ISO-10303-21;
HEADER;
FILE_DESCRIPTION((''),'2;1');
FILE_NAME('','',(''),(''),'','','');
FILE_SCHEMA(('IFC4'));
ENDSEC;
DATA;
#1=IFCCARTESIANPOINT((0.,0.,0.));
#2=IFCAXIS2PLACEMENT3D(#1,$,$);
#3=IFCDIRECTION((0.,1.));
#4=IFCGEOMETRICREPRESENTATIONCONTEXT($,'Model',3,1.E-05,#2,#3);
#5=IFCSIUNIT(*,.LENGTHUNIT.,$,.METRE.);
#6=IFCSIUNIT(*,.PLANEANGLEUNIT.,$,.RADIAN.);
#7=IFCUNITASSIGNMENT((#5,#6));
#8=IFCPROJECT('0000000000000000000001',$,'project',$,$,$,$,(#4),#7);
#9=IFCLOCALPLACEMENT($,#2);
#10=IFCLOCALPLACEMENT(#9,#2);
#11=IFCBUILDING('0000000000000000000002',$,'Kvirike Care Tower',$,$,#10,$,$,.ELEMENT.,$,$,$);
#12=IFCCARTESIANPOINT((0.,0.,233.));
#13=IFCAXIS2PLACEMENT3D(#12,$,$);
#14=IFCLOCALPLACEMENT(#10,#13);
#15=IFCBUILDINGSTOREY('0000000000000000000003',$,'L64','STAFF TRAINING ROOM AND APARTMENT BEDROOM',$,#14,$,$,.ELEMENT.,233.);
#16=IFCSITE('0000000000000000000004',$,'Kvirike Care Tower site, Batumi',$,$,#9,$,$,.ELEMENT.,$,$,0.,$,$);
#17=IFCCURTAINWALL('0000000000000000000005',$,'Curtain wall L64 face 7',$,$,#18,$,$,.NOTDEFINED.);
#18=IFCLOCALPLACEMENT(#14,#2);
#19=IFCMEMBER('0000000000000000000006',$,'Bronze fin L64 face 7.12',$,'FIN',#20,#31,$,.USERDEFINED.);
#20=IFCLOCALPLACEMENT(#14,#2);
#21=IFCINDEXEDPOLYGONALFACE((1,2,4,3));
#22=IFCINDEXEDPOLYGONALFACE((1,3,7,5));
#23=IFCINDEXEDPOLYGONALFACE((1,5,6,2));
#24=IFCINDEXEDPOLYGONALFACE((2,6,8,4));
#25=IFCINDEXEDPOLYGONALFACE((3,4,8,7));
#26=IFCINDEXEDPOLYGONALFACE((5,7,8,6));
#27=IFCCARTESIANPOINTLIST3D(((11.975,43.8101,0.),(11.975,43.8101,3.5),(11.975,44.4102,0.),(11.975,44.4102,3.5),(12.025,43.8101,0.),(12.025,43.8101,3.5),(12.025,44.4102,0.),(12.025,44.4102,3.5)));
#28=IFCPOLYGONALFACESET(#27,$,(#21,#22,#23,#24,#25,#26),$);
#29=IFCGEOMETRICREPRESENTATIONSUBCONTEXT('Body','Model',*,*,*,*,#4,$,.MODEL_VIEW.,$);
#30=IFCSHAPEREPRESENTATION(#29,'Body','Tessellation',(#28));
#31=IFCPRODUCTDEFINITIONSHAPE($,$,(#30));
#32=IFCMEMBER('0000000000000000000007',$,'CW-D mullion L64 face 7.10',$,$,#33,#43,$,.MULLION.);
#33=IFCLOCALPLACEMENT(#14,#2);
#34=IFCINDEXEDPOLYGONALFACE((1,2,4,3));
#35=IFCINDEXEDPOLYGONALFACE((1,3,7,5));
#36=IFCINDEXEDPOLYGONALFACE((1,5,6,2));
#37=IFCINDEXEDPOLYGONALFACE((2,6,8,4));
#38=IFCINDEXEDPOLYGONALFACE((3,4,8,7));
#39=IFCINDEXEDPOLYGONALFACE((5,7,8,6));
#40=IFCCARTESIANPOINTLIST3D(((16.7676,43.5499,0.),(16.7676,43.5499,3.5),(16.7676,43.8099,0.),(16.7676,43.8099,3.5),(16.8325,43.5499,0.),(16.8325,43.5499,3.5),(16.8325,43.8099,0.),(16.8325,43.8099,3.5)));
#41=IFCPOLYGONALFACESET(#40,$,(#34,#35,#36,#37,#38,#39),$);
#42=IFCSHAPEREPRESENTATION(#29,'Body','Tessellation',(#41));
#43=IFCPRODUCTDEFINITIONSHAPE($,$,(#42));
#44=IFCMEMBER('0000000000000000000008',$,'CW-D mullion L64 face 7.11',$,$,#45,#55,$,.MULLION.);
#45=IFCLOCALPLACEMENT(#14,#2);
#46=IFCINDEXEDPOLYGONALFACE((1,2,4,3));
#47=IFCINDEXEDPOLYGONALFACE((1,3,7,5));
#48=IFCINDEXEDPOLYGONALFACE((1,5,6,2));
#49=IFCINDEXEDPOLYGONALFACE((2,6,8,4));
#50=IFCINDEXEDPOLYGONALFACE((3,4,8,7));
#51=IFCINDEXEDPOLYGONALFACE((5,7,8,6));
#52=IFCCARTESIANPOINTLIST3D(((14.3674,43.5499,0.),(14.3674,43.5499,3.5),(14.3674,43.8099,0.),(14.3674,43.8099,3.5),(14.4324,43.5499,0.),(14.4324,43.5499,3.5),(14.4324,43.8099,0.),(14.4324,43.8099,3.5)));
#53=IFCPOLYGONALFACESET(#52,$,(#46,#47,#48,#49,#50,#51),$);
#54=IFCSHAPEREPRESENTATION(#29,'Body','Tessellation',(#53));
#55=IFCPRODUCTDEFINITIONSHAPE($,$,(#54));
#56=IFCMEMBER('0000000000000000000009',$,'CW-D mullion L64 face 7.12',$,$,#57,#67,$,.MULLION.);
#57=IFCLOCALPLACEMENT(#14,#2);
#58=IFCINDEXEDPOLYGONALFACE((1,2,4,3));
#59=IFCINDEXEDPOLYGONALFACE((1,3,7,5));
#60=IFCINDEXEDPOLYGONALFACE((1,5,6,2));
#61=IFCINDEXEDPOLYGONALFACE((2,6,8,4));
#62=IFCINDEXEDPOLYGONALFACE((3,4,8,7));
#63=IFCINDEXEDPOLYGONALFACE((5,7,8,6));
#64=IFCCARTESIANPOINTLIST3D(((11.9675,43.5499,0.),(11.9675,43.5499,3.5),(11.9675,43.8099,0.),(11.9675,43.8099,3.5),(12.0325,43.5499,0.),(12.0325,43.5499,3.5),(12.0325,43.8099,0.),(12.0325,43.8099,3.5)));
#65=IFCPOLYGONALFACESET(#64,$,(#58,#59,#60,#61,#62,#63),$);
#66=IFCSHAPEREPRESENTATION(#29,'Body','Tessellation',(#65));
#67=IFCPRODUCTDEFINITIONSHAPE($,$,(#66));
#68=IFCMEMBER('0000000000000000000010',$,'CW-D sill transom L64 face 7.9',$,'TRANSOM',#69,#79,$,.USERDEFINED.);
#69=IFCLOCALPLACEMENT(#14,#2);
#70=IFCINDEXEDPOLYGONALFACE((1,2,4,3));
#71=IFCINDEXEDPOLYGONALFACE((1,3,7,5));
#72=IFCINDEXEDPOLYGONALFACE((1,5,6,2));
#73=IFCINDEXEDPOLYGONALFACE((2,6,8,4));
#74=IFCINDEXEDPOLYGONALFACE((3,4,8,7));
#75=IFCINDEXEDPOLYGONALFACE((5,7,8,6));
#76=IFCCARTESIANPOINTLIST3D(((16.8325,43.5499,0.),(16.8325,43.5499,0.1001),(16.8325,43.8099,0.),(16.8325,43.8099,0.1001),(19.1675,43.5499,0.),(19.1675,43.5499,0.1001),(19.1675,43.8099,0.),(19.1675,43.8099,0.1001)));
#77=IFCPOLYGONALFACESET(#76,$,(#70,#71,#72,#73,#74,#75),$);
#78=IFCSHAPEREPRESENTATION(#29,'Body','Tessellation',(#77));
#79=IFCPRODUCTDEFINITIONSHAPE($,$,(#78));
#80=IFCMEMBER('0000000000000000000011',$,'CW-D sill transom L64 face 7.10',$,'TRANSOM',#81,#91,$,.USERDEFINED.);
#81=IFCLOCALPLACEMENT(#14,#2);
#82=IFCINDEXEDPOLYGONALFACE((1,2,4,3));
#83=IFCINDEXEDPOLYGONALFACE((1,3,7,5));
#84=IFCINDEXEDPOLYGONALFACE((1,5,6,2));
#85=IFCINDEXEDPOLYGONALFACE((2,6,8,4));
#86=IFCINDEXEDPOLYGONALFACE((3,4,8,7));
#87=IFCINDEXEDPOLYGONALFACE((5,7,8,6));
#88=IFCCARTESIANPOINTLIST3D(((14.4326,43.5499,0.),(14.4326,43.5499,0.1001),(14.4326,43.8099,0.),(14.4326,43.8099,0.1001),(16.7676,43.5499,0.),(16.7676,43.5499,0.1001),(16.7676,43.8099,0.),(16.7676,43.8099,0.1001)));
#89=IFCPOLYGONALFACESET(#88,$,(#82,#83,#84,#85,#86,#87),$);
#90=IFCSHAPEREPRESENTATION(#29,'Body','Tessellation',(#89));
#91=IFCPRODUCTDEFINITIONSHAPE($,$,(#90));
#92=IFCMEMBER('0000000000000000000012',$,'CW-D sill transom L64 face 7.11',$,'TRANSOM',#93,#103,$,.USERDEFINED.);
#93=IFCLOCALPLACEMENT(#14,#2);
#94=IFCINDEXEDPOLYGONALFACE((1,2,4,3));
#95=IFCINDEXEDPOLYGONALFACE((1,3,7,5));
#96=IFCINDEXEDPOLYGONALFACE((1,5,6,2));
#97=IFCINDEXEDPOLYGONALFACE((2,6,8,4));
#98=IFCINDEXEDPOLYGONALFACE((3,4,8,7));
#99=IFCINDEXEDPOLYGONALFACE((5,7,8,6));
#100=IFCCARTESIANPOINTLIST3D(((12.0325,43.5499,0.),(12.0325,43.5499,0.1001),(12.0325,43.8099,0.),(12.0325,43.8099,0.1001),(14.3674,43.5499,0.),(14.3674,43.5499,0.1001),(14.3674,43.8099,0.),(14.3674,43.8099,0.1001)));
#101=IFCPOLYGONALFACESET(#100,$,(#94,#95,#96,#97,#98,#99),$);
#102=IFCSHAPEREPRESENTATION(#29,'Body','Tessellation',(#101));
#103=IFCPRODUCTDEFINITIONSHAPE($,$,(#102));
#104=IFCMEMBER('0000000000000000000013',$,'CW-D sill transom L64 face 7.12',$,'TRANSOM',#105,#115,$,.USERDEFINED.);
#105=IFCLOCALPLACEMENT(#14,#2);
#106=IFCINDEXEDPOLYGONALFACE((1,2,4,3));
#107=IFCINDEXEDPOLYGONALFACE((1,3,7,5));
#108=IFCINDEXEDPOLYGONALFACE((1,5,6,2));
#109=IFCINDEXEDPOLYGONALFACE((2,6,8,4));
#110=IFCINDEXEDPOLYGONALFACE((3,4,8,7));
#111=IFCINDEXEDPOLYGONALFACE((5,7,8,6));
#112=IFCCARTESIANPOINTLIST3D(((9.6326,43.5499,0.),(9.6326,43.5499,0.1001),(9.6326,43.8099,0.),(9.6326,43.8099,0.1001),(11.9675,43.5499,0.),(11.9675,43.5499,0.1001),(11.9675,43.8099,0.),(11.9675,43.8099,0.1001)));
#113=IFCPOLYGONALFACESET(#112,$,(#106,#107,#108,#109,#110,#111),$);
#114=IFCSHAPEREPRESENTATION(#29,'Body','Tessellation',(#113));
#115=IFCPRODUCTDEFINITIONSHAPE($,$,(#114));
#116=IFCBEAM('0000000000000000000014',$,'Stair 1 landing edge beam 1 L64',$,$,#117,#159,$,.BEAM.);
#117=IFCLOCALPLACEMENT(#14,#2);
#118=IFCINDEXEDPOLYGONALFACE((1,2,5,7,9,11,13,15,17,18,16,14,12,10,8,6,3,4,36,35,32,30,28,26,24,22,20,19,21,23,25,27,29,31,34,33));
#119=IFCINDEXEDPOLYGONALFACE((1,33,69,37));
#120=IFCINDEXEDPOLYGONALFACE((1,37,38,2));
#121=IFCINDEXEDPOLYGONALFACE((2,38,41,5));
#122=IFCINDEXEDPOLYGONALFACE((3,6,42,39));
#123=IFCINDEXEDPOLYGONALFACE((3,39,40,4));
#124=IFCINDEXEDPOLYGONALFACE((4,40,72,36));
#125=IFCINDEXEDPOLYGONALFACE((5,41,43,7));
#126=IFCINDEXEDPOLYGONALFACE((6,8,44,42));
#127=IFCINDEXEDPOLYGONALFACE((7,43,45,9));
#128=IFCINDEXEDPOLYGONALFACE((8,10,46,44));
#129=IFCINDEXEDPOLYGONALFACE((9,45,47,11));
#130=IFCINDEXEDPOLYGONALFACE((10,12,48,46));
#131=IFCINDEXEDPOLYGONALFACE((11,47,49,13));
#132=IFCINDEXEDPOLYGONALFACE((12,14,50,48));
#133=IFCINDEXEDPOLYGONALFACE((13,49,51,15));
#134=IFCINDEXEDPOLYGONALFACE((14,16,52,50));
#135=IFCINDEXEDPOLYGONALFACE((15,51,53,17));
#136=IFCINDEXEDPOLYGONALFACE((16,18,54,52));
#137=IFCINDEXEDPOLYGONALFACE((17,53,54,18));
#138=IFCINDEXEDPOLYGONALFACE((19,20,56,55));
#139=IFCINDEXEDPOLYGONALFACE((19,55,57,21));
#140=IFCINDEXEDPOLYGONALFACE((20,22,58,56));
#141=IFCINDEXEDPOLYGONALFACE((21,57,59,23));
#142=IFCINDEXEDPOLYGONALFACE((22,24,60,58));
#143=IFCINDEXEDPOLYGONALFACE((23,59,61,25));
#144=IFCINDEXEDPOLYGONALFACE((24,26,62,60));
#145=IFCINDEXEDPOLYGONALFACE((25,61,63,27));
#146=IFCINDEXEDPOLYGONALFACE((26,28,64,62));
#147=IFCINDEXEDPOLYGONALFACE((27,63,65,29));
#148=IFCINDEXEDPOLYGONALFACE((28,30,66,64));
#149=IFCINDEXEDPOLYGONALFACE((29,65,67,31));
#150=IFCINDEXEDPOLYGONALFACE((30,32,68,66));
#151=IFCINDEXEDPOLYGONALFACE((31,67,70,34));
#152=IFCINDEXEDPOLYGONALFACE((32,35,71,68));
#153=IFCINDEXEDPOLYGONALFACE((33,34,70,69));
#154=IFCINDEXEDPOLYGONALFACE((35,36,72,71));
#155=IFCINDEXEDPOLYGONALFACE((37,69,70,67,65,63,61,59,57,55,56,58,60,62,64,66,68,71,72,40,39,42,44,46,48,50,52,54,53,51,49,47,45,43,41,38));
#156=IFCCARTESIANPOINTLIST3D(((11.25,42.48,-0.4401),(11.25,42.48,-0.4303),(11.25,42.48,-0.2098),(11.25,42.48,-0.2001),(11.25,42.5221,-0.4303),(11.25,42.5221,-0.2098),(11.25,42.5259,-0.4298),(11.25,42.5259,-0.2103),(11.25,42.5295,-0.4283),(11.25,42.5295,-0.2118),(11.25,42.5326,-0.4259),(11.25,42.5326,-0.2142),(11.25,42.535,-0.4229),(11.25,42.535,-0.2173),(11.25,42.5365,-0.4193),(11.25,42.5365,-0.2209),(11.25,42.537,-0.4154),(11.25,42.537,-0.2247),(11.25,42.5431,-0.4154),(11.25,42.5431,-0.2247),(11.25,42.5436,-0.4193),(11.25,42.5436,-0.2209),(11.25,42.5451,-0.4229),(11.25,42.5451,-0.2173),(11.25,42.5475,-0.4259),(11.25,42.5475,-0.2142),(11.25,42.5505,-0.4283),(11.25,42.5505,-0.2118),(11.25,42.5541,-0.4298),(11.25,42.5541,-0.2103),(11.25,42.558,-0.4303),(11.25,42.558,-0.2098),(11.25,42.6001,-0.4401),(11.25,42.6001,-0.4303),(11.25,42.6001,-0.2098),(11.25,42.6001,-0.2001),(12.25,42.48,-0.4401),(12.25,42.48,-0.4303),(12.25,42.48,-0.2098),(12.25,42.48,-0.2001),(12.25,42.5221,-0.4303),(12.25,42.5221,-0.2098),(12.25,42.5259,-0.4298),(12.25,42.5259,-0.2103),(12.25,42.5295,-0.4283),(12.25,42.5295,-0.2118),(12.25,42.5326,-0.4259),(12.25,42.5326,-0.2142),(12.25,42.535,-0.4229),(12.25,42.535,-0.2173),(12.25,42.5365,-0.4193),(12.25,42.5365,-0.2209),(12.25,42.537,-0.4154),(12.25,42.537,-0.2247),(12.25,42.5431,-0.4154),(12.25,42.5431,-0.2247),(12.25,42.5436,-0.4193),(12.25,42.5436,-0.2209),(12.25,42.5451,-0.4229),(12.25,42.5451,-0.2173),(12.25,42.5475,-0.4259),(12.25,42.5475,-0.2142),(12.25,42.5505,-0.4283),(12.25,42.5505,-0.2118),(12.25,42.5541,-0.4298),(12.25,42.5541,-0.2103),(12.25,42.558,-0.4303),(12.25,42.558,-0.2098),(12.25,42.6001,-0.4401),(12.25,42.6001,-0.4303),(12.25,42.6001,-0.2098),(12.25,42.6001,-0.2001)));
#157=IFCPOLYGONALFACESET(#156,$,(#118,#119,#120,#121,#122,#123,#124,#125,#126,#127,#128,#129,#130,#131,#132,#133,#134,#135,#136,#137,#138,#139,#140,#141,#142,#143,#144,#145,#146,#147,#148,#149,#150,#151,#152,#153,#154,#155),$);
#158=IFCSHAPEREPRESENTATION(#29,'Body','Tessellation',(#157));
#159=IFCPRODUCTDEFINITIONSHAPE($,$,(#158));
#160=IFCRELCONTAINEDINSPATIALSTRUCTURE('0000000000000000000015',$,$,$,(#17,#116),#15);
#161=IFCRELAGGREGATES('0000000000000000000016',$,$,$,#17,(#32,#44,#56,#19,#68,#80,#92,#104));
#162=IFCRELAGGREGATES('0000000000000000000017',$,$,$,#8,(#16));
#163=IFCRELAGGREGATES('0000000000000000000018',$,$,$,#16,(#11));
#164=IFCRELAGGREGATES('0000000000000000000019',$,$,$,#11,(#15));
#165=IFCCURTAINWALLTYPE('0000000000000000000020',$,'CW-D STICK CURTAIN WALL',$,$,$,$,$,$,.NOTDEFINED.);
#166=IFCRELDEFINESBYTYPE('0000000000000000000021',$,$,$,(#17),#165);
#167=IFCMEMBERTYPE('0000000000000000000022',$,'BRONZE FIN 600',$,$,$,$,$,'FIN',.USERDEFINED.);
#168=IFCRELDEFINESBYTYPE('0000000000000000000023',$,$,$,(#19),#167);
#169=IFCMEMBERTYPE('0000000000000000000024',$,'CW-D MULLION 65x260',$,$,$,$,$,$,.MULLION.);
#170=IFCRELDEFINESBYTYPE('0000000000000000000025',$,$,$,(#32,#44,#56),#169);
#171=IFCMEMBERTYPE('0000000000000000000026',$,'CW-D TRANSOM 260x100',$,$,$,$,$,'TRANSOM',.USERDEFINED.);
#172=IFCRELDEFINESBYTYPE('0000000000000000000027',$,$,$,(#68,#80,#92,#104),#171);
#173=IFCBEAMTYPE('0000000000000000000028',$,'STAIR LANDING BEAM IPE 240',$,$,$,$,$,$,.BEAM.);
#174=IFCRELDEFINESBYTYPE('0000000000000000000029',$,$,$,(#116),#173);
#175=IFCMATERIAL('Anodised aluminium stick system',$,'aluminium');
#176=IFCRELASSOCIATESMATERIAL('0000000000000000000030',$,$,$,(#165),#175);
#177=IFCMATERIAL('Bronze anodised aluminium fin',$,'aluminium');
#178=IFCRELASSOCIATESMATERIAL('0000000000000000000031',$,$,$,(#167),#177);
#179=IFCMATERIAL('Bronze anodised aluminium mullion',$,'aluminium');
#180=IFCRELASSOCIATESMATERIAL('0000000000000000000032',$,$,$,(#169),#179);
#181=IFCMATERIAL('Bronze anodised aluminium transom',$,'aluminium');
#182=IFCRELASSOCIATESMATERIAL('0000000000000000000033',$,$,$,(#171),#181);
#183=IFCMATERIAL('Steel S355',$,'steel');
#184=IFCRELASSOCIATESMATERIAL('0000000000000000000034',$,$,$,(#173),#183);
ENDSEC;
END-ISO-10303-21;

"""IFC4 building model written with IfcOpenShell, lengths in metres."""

from ifc_helpers import new_model, si_unit, direction, frame, origin, origin_2d, place, context, subcontext, project, spatial, rectangle, i_section, extrude, material, material_profile, profile_set, type_object, element, aggregate, save


model = new_model("IFC4")

# Units and contexts
model_context = context("Model", 3, precision=1e-05, world=origin(), true_north=direction((0.0, 1.0)))
body_context = subcontext(model_context, "Body", "Model", "MODEL_VIEW")
ifc_project = project(units=[si_unit("LENGTHUNIT", "METRE"), si_unit("PLANEANGLEUNIT", "RADIAN")], contexts=[model_context])

# Site, building, storey
site_placement = place(None, origin())
site = spatial("IfcSite", under=ifc_project, at=site_placement, Name="Kvirike Care Tower site, Batumi", CompositionType="ELEMENT", RefElevation=0.0)
building_placement = place(site_placement, origin())
building = spatial("IfcBuilding", under=site, at=building_placement, Name="Kvirike Care Tower", CompositionType="ELEMENT")
storey_placement = place(building_placement, frame((0.0, 0.0, 233.0)))
storey = spatial("IfcBuildingStorey", under=building, at=storey_placement, Name="L64", Description="STAFF TRAINING ROOM AND APARTMENT BEDROOM", CompositionType="ELEMENT", Elevation=233.0)

# Curtain wall, members
ifc_material_1 = material(Name="Anodised aluminium stick system", Category="aluminium")
curtain_wall_type = type_object("IfcCurtainWallType", Name="CW-D STICK CURTAIN WALL", PredefinedType="NOTDEFINED", material=ifc_material_1)
curtain_wall_placement = place(storey_placement, origin())
curtain_wall = element("IfcCurtainWall", 1, at=curtain_wall_placement, inside=storey, type_object=curtain_wall_type, Name="Curtain wall L64 face 7", PredefinedType="NOTDEFINED")
ifc_material_2 = material(Name="Bronze anodised aluminium fin", Category="aluminium")
ifc_material_profile_1 = material_profile(ifc_material_2, rectangle(XDim=0.05, YDim=0.6001, at=origin_2d()), Name="BRONZE FIN 600")
ifc_profile_set_1 = profile_set([ifc_material_profile_1], Name="Bronze anodised aluminium fin")
member_type_1 = type_object("IfcMemberType", Name="BRONZE FIN 600", ElementType="FIN", PredefinedType="USERDEFINED", material=ifc_profile_set_1)
member_1_placement = place(storey_placement, frame((12.0, 44.1101, 0.0), z_axis=(0.0, 0.0, 1.0), x_axis=(-1.0, 0.0, 0.0)))
member_1 = element("IfcMember", 2, at=member_1_placement, type_object=member_type_1, Name="Bronze fin L64 face 7.12", ObjectType="FIN", PredefinedType="USERDEFINED", context=body_context, shape_type="SweptSolid", body=[
    extrude(rectangle(XDim=0.05, YDim=0.6001, at=origin_2d()), origin(), (0.0, 0.0, 1.0), 3.5),
])
ifc_material_3 = material(Name="Bronze anodised aluminium mullion", Category="aluminium")
ifc_material_profile_2 = material_profile(ifc_material_3, rectangle(XDim=0.0649, YDim=0.26, at=origin_2d()), Name="CW-D MULLION 65x260")
ifc_profile_set_2 = profile_set([ifc_material_profile_2], Name="Bronze anodised aluminium mullion")
member_type_2 = type_object("IfcMemberType", Name="CW-D MULLION 65x260", PredefinedType="MULLION", material=ifc_profile_set_2)
member_2_placement = place(storey_placement, frame((16.8, 43.6799, 0.0), z_axis=(0.0, 0.0, 1.0), x_axis=(-1.0, 0.0, 0.0)))
member_2 = element("IfcMember", 3, at=member_2_placement, type_object=member_type_2, Name="CW-D mullion L64 face 7.10", PredefinedType="MULLION", context=body_context, shape_type="SweptSolid", body=[
    extrude(rectangle(XDim=0.0649, YDim=0.26, at=origin_2d()), origin(), (0.0, 0.0, 1.0), 3.5),
])
member_3_placement = place(storey_placement, frame((14.3999, 43.6799, 0.0), z_axis=(0.0, 0.0, 1.0), x_axis=(-1.0, 0.0, 0.0)))
member_3 = element("IfcMember", 4, at=member_3_placement, type_object=member_type_2, Name="CW-D mullion L64 face 7.11", PredefinedType="MULLION", context=body_context, shape_type="SweptSolid", body=[
    extrude(rectangle(XDim=0.0649, YDim=0.26, at=origin_2d()), origin(), (0.0, 0.0, 1.0), 3.5),
])
member_4_placement = place(storey_placement, frame((12.0, 43.6799, 0.0), z_axis=(0.0, 0.0, 1.0), x_axis=(-1.0, 0.0, 0.0)))
member_4 = element("IfcMember", 5, at=member_4_placement, type_object=member_type_2, Name="CW-D mullion L64 face 7.12", PredefinedType="MULLION", context=body_context, shape_type="SweptSolid", body=[
    extrude(rectangle(XDim=0.0649, YDim=0.26, at=origin_2d()), origin(), (0.0, 0.0, 1.0), 3.5),
])
ifc_material_4 = material(Name="Bronze anodised aluminium transom", Category="aluminium")
ifc_material_profile_3 = material_profile(ifc_material_4, rectangle(XDim=0.26, YDim=0.1001, at=origin_2d()), Name="CW-D TRANSOM 260x100")
ifc_profile_set_3 = profile_set([ifc_material_profile_3], Name="Bronze anodised aluminium transom")
member_type_3 = type_object("IfcMemberType", Name="CW-D TRANSOM 260x100", ElementType="TRANSOM", PredefinedType="USERDEFINED", material=ifc_profile_set_3)
member_5_placement = place(storey_placement, frame((19.1675, 43.6799, 0.05), z_axis=(-1.0, 0.0, 0.0), x_axis=(0.0, -1.0, 0.0)))
member_5 = element("IfcMember", 6, at=member_5_placement, type_object=member_type_3, Name="CW-D sill transom L64 face 7.9", ObjectType="TRANSOM", PredefinedType="USERDEFINED", context=body_context, shape_type="SweptSolid", body=[
    extrude(rectangle(XDim=0.26, YDim=0.1001, at=origin_2d()), origin(), (0.0, 0.0, 1.0), 2.335),
])
member_6_placement = place(storey_placement, frame((16.7676, 43.6799, 0.05), z_axis=(-1.0, 0.0, 0.0), x_axis=(0.0, -1.0, 0.0)))
member_6 = element("IfcMember", 7, at=member_6_placement, type_object=member_type_3, Name="CW-D sill transom L64 face 7.10", ObjectType="TRANSOM", PredefinedType="USERDEFINED", context=body_context, shape_type="SweptSolid", body=[
    extrude(rectangle(XDim=0.26, YDim=0.1001, at=origin_2d()), origin(), (0.0, 0.0, 1.0), 2.335),
])
member_7_placement = place(storey_placement, frame((14.3674, 43.6799, 0.05), z_axis=(-1.0, 0.0, 0.0), x_axis=(0.0, -1.0, 0.0)))
member_7 = element("IfcMember", 8, at=member_7_placement, type_object=member_type_3, Name="CW-D sill transom L64 face 7.11", ObjectType="TRANSOM", PredefinedType="USERDEFINED", context=body_context, shape_type="SweptSolid", body=[
    extrude(rectangle(XDim=0.26, YDim=0.1001, at=origin_2d()), origin(), (0.0, 0.0, 1.0), 2.335),
])
member_8_placement = place(storey_placement, frame((11.9675, 43.6799, 0.05), z_axis=(-1.0, 0.0, 0.0), x_axis=(0.0, -1.0, 0.0)))
member_8 = element("IfcMember", 9, at=member_8_placement, type_object=member_type_3, Name="CW-D sill transom L64 face 7.12", ObjectType="TRANSOM", PredefinedType="USERDEFINED", context=body_context, shape_type="SweptSolid", body=[
    extrude(rectangle(XDim=0.26, YDim=0.1001, at=origin_2d()), origin(), (0.0, 0.0, 1.0), 2.335),
])

# Beam
ifc_material_5 = material(Name="Steel S355", Category="steel")
ifc_material_profile_4 = material_profile(ifc_material_5, i_section(OverallWidth=0.1201, OverallDepth=0.24, WebThickness=0.0061, FlangeThickness=0.0098, FilletRadius=0.0149, at=origin_2d()), Name="IPE 240")
ifc_profile_set_4 = profile_set([ifc_material_profile_4], Name="Steel S355")
beam_type_1 = type_object("IfcBeamType", Name="STAIR LANDING BEAM IPE 240", PredefinedType="BEAM", material=ifc_profile_set_4)
for number, where, z_axis, x_axis, name in (
    (10, (11.25, 42.54, -0.3201), (1.0, 0.0, 0.0), (0.0, 1.0, 0.0), "Stair 1 landing edge beam 1 L64"),
):
    element("IfcBeam", number, at=place(storey_placement, frame(where, z_axis=z_axis, x_axis=x_axis)), inside=storey, type_object=beam_type_1, Name=name, PredefinedType="BEAM", context=body_context, shape_type="SweptSolid", body=[
        extrude(i_section(OverallWidth=0.1201, OverallDepth=0.24, WebThickness=0.0061, FlangeThickness=0.0098, FilletRadius=0.0149, at=origin_2d()), origin(), (0.0, 0.0, 1.0), 1.0),
    ])

aggregate(curtain_wall, [member_2, member_3, member_4, member_1, member_5, member_6, member_7, member_8])

save(model, "model.ifc")
